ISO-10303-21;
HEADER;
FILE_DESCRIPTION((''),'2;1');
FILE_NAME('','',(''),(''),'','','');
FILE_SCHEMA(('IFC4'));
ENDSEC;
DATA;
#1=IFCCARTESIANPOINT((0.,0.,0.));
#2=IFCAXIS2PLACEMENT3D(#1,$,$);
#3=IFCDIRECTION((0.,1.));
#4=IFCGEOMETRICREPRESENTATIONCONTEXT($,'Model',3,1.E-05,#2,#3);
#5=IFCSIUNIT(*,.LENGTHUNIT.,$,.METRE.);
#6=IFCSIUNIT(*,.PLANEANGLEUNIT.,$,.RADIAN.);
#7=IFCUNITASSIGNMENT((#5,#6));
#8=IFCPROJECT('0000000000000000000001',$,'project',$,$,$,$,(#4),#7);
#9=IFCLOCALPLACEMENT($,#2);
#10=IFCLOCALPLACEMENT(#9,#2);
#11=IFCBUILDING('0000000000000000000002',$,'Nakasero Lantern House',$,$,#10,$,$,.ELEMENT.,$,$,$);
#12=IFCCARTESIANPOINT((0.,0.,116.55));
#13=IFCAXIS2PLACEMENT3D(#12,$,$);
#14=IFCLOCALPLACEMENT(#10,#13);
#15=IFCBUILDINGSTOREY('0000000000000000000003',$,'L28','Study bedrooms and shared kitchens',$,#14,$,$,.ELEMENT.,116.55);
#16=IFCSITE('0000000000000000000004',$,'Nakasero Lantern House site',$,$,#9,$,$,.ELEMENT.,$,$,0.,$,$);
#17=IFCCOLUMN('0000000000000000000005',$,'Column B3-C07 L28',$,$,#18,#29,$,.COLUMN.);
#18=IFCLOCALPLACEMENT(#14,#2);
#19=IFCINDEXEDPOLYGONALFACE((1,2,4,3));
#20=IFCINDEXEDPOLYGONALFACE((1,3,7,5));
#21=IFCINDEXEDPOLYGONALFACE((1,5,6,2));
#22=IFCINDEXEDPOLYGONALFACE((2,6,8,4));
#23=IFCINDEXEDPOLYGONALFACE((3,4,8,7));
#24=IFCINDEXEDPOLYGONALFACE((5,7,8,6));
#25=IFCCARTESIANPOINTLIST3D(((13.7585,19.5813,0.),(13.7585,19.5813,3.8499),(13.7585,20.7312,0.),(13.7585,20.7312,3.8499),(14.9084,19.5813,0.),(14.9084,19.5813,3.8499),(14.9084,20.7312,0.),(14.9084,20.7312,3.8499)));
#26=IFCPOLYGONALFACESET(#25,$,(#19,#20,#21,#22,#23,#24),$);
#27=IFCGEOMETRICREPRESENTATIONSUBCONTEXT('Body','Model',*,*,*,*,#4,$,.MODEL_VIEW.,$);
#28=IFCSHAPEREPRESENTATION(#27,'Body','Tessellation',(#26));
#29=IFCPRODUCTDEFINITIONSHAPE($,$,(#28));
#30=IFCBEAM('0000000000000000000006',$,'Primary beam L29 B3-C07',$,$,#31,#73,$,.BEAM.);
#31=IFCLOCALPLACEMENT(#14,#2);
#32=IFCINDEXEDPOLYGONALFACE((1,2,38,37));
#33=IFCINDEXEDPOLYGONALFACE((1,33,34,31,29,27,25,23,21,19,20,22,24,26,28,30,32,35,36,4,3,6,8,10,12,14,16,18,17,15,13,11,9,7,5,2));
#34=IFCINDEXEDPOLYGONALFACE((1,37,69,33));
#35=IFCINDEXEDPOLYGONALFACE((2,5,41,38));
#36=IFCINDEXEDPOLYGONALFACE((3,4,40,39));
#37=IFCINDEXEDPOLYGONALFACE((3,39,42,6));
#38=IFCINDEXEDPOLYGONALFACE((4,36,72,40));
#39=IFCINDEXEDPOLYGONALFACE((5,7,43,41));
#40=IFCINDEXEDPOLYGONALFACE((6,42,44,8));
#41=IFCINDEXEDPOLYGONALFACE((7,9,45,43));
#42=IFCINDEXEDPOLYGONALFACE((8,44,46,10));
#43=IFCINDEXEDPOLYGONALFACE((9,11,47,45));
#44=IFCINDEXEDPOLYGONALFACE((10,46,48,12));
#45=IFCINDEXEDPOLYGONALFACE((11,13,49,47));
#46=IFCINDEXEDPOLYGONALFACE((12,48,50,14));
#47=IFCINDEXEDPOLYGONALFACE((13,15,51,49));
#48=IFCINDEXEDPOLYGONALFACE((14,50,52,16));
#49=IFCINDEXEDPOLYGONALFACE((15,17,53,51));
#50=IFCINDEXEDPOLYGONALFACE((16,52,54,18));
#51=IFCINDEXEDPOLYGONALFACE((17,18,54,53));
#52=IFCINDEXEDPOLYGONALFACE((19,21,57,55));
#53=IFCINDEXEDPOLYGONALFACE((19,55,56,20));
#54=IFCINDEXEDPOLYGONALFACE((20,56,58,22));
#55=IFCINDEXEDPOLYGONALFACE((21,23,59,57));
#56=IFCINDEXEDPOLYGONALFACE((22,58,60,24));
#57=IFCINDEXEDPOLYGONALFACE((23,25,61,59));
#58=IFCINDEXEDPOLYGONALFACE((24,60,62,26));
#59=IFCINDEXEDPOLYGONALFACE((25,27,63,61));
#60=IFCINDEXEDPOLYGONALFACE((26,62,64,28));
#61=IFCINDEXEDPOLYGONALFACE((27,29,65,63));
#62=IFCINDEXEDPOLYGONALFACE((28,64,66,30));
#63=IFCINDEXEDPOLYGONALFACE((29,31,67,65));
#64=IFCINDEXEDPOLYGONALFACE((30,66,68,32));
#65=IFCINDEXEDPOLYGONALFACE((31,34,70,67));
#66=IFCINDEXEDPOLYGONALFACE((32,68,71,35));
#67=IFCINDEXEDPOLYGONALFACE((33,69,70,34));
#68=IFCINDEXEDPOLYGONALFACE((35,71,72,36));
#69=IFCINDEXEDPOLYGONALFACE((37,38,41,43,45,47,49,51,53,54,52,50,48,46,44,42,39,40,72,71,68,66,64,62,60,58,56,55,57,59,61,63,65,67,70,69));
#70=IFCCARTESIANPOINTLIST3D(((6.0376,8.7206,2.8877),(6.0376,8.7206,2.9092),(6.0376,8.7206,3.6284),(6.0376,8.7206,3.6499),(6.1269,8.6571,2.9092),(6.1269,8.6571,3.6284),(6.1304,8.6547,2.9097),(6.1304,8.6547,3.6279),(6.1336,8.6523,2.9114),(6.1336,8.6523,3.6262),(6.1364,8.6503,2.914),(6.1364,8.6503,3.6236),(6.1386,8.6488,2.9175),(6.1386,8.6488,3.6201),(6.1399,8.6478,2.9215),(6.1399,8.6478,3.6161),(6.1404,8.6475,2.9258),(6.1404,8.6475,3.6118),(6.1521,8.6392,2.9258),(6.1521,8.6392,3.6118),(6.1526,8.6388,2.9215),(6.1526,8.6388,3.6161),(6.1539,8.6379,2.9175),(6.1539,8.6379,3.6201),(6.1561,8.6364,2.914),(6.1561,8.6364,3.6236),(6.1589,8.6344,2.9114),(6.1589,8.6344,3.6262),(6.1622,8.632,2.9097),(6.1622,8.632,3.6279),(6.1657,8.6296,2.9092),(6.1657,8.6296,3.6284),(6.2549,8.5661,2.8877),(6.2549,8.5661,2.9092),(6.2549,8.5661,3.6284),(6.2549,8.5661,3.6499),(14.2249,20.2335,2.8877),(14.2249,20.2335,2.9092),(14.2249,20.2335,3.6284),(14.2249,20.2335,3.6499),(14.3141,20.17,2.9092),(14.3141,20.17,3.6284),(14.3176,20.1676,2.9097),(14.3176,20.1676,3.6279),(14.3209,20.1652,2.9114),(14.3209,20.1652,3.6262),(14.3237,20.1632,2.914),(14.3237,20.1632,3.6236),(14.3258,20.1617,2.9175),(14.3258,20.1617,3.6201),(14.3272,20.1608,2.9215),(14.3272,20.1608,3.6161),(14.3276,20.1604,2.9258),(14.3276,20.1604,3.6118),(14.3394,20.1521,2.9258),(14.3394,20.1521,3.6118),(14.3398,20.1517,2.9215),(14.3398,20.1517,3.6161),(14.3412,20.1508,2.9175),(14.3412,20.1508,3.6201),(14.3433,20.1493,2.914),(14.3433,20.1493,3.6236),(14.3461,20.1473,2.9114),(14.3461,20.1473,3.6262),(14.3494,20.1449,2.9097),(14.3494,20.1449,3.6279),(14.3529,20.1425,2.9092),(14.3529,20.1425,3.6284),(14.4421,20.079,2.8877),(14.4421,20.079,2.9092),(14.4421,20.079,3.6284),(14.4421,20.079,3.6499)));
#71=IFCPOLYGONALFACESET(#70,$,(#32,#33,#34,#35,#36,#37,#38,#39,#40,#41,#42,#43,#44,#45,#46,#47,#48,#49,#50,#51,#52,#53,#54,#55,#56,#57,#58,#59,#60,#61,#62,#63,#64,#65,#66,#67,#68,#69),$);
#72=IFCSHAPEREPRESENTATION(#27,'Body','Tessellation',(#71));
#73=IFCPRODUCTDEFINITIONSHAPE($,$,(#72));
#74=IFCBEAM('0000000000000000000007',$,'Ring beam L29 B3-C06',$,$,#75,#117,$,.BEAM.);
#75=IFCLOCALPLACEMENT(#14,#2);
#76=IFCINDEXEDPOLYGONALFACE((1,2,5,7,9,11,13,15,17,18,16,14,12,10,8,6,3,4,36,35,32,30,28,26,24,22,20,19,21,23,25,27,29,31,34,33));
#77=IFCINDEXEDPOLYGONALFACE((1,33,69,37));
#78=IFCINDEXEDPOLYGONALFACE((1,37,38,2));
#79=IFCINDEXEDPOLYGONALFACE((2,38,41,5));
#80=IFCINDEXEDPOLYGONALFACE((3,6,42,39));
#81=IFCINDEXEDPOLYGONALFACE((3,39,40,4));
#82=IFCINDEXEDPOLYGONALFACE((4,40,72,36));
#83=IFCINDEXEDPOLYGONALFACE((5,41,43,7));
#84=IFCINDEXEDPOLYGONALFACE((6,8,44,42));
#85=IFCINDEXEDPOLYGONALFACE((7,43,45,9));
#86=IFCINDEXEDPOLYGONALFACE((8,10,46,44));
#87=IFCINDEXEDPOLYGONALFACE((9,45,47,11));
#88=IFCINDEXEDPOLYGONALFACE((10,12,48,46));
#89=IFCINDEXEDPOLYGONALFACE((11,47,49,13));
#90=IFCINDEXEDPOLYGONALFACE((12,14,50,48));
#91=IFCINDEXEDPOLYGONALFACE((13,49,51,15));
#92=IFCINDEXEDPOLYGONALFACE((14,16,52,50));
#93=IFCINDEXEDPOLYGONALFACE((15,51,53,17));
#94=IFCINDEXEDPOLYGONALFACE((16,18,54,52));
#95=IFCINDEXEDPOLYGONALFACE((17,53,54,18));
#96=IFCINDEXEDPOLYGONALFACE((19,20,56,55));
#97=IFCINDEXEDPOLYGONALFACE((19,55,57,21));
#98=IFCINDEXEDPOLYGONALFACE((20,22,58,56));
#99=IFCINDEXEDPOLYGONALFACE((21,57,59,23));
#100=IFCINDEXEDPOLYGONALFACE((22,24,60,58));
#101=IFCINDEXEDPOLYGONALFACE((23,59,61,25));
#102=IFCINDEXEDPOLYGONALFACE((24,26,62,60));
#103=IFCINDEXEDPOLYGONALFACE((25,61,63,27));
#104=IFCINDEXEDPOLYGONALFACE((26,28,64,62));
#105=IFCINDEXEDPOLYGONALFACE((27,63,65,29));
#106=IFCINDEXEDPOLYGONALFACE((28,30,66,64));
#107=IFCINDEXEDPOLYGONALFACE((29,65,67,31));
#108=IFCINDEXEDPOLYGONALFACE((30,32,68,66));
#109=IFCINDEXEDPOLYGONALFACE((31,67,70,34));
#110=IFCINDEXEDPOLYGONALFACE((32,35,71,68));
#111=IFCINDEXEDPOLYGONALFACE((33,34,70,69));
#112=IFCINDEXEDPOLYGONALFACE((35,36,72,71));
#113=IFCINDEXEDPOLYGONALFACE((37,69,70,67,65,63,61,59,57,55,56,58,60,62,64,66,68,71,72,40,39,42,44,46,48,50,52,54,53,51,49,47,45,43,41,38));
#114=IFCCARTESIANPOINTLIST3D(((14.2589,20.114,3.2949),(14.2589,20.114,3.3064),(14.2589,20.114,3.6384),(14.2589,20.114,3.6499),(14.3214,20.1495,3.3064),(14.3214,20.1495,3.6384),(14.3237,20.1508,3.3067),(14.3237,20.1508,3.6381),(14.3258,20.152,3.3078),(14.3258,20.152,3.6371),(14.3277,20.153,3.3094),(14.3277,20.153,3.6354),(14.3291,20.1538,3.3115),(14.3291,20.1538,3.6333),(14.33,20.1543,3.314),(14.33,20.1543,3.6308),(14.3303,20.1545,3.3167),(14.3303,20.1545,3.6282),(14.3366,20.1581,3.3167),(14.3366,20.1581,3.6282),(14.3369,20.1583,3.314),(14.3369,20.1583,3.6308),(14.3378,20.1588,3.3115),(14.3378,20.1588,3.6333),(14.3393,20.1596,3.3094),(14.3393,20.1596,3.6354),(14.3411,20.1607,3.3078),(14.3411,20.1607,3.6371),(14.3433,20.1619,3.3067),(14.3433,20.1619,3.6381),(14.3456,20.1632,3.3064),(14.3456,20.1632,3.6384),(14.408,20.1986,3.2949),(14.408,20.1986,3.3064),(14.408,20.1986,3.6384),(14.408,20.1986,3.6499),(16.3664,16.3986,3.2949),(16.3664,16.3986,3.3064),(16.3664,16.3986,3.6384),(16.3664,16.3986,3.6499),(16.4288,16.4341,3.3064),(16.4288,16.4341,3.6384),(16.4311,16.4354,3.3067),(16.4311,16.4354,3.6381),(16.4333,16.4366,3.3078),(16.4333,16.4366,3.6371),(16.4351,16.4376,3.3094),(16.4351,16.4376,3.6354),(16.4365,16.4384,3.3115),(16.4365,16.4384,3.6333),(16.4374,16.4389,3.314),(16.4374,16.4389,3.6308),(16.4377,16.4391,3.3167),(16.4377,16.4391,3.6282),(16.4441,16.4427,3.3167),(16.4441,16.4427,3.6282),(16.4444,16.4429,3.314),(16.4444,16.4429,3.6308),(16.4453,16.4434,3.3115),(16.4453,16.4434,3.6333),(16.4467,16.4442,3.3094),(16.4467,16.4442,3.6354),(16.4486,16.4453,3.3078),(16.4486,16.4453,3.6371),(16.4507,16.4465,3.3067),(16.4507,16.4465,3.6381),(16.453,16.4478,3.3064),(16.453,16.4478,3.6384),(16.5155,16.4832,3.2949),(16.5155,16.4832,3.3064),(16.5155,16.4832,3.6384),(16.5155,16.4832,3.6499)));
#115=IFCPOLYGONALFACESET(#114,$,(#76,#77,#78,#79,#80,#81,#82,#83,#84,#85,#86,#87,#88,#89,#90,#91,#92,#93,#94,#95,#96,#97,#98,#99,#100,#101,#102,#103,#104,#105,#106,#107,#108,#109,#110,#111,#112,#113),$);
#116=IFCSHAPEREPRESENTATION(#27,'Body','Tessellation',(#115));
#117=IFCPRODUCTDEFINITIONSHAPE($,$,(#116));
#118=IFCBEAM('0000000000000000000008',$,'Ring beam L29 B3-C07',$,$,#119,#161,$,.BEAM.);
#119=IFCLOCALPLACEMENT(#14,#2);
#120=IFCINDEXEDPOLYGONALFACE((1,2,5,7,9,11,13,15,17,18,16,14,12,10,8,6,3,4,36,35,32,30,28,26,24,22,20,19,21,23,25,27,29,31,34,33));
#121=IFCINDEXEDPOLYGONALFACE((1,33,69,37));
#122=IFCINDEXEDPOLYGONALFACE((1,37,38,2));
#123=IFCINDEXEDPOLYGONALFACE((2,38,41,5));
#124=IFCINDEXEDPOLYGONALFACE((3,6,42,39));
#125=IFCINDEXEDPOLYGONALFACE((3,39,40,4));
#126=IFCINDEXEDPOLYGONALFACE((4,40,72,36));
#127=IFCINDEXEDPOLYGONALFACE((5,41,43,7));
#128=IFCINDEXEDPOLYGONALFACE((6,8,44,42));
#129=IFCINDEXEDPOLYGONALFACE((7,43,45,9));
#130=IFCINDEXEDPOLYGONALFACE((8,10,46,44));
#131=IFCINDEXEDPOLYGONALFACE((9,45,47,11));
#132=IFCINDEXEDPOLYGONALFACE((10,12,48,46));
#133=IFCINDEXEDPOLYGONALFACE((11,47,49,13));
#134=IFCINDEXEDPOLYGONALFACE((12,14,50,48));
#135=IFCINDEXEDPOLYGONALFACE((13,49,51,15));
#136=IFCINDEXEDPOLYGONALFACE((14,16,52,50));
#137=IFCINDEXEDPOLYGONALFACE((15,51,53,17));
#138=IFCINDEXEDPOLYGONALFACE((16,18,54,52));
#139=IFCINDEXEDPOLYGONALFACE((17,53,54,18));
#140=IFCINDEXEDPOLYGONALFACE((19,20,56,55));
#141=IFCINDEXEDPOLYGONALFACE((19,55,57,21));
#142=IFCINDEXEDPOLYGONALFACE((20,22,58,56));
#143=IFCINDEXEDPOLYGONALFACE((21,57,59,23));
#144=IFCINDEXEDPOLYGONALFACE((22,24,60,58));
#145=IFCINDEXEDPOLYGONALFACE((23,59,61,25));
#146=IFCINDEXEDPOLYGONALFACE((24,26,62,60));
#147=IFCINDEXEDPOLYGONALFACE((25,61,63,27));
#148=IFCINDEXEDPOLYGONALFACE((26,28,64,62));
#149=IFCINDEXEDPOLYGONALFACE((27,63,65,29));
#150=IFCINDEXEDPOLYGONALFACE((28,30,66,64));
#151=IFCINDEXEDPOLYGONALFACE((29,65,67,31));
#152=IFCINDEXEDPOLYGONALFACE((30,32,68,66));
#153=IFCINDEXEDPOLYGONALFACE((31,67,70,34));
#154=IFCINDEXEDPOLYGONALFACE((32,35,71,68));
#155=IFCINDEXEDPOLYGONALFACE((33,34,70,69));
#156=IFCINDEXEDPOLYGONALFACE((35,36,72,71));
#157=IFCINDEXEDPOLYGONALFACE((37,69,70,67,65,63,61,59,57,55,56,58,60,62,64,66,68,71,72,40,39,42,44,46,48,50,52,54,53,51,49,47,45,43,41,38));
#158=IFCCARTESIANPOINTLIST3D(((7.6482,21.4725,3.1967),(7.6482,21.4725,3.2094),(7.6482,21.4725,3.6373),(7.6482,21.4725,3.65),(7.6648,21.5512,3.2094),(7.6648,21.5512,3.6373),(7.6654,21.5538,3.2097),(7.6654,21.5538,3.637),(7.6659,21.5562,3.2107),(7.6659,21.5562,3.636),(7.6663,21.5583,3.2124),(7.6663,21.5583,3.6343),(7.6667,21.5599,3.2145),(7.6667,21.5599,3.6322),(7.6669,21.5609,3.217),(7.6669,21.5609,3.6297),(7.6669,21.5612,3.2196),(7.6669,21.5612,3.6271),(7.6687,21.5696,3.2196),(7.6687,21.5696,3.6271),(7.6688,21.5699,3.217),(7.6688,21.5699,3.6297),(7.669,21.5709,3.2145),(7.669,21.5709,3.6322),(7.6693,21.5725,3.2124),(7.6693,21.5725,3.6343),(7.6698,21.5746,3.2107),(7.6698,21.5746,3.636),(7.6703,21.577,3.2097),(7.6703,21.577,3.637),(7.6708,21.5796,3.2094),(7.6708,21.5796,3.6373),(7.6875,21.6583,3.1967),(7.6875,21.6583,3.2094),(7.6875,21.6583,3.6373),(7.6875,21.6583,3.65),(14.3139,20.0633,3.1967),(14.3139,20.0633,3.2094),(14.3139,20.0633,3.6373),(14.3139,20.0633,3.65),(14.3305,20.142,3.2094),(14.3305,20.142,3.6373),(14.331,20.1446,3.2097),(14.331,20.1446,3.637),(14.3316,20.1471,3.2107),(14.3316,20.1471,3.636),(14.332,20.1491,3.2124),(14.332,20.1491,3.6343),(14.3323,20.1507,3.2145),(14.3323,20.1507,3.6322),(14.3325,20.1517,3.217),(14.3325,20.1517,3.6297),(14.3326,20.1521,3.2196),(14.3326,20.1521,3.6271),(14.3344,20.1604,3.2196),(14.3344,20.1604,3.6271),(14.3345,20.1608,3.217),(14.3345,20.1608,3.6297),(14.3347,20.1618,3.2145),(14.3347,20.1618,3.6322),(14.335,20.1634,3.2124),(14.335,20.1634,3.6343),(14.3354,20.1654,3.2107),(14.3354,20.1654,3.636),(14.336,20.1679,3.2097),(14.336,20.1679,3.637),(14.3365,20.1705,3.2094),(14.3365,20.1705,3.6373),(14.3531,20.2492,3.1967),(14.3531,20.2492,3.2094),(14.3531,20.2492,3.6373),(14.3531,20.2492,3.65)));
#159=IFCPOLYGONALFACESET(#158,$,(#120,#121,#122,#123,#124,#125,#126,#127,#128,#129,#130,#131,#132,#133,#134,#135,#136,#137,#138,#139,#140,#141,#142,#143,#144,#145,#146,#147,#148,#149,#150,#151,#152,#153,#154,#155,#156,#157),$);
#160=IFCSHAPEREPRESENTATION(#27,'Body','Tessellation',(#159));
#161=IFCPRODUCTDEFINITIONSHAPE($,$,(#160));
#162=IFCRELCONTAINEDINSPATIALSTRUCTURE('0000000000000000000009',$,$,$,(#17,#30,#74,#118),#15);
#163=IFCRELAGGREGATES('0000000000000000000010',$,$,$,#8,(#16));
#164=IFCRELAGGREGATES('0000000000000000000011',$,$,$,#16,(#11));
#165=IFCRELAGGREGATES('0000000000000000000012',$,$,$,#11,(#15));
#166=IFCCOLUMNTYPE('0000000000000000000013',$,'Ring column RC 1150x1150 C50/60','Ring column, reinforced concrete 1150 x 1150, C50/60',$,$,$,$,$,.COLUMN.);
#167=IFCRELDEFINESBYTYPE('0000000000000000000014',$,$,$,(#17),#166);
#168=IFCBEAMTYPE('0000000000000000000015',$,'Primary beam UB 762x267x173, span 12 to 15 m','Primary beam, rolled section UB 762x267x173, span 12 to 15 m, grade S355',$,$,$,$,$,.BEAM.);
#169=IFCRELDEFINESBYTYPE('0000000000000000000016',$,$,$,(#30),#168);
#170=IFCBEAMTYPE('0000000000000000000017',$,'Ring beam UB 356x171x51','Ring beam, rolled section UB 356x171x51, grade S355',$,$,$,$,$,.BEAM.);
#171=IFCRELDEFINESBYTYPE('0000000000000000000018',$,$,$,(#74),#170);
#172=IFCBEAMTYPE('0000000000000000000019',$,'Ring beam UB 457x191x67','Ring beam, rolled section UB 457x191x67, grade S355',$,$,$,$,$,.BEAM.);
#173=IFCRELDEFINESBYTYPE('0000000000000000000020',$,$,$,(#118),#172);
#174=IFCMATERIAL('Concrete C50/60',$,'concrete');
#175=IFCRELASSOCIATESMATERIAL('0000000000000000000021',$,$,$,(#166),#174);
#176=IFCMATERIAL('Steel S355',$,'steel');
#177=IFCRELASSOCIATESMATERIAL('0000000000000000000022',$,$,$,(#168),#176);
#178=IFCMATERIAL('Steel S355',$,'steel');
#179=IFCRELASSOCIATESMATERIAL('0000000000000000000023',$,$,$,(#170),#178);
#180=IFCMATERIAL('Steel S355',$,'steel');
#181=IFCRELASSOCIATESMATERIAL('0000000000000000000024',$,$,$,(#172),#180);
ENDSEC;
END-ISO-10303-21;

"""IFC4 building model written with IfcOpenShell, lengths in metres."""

from ifc_helpers import new_model, si_unit, direction, frame, origin, origin_2d, place, context, subcontext, project, spatial, rectangle, i_section, extrude, material, material_profile, profile_set, type_object, element, save


model = new_model("IFC4")

# Units and contexts
model_context = context("Model", 3, precision=1e-05, world=origin(), true_north=direction((0.0, 1.0)))
body_context = subcontext(model_context, "Body", "Model", "MODEL_VIEW")
ifc_project = project(units=[si_unit("LENGTHUNIT", "METRE"), si_unit("PLANEANGLEUNIT", "RADIAN")], contexts=[model_context])

# Site, building, storey
site_placement = place(None, origin())
site = spatial("IfcSite", under=ifc_project, at=site_placement, Name="Nakasero Lantern House site", CompositionType="ELEMENT", RefElevation=0.0)
building_placement = place(site_placement, origin())
building = spatial("IfcBuilding", under=site, at=building_placement, Name="Nakasero Lantern House", CompositionType="ELEMENT")
storey_placement = place(building_placement, frame((0.0, 0.0, 116.55)))
storey = spatial("IfcBuildingStorey", under=building, at=storey_placement, Name="L28", Description="Study bedrooms and shared kitchens", CompositionType="ELEMENT", Elevation=116.55)

# Column
ifc_material_1 = material(Name="Concrete C50/60", Category="concrete")
ifc_material_profile_1 = material_profile(ifc_material_1, rectangle(XDim=1.1499, YDim=1.1499, at=origin_2d()), Name="RC 1150x1150")
ifc_profile_set_1 = profile_set([ifc_material_profile_1], Name="Concrete C50/60")
column_type = type_object("IfcColumnType", Name="Ring column RC 1150x1150 C50/60", Description="Ring column, reinforced concrete 1150 x 1150, C50/60", PredefinedType="COLUMN", material=ifc_profile_set_1)
column_placement = place(storey_placement, frame((14.3335, 20.1562, 0.0), z_axis=(0.0, 0.0, 1.0), x_axis=(1.0, 0.0, 0.0)))
element("IfcColumn", 1, at=column_placement, inside=storey, type_object=column_type, Name="Column B3-C07 L28", PredefinedType="COLUMN", context=body_context, shape_type="SweptSolid", body=[
    extrude(rectangle(XDim=1.1499, YDim=1.1499, at=origin_2d()), origin(), (0.0, 0.0, 1.0), 3.8499),
])

# Beams
ifc_material_2 = material(Name="Steel S355", Category="steel")
ifc_material_profile_2 = material_profile(ifc_material_2, i_section(OverallWidth=0.2666, OverallDepth=0.7622, WebThickness=0.0144, FlangeThickness=0.0215, FilletRadius=0.0166, at=origin_2d()), Name="UB 762x267x173")
ifc_profile_set_2 = profile_set([ifc_material_profile_2], Name="Steel S355")
beam_type_1 = type_object("IfcBeamType", Name="Primary beam UB 762x267x173, span 12 to 15 m", Description="Primary beam, rolled section UB 762x267x173, span 12 to 15 m, grade S355", PredefinedType="BEAM", material=ifc_profile_set_2)
beam_1_placement = place(storey_placement, frame((14.3335, 20.1562, 3.2688), z_axis=(-0.579537, -0.814946, 0.0), x_axis=(0.814946, -0.579537, 0.0)))
element("IfcBeam", 2, at=beam_1_placement, inside=storey, type_object=beam_type_1, Name="Primary beam L29 B3-C07", PredefinedType="BEAM", context=body_context, shape_type="SweptSolid", body=[
    extrude(i_section(OverallWidth=0.2666, OverallDepth=0.7622, WebThickness=0.0144, FlangeThickness=0.0215, FilletRadius=0.0166, at=origin_2d()), origin(), (0.0, 0.0, 1.0), 14.1272),
])
ifc_material_3 = material(Name="Steel S355", Category="steel")
ifc_material_profile_3 = material_profile(ifc_material_3, i_section(OverallWidth=0.1714, OverallDepth=0.355, WebThickness=0.0073, FlangeThickness=0.0115, FilletRadius=0.0103, at=origin_2d()), Name="UB 356x171x51")
ifc_profile_set_3 = profile_set([ifc_material_profile_3], Name="Steel S355")
beam_type_2 = type_object("IfcBeamType", Name="Ring beam UB 356x171x51", Description="Ring beam, rolled section UB 356x171x51, grade S355", PredefinedType="BEAM", material=ifc_profile_set_3)
beam_2_placement = place(storey_placement, frame((16.4409, 16.4409, 3.4724), z_axis=(-0.493379, 0.869815, 0.0), x_axis=(-0.869815, -0.493379, 0.0)))
element("IfcBeam", 3, at=beam_2_placement, inside=storey, type_object=beam_type_2, Name="Ring beam L29 B3-C06", PredefinedType="BEAM", context=body_context, shape_type="SweptSolid", body=[
    extrude(i_section(OverallWidth=0.1714, OverallDepth=0.355, WebThickness=0.0073, FlangeThickness=0.0115, FilletRadius=0.0103, at=origin_2d()), origin(), (0.0, 0.0, 1.0), 4.2715),
])
ifc_material_4 = material(Name="Steel S355", Category="steel")
ifc_material_profile_4 = material_profile(ifc_material_4, i_section(OverallWidth=0.1899, OverallDepth=0.4534, WebThickness=0.0085, FlangeThickness=0.0127, FilletRadius=0.0103, at=origin_2d()), Name="UB 457x191x67")
ifc_profile_set_4 = profile_set([ifc_material_profile_4], Name="Steel S355")
beam_type_3 = type_object("IfcBeamType", Name="Ring beam UB 457x191x67", Description="Ring beam, rolled section UB 457x191x67, grade S355", PredefinedType="BEAM", material=ifc_profile_set_4)
beam_3_placement = place(storey_placement, frame((14.3335, 20.1562, 3.4233), z_axis=(-0.978376, 0.206834, 0.0), x_axis=(-0.206834, -0.978376, 0.0)))
element("IfcBeam", 4, at=beam_3_placement, inside=storey, type_object=beam_type_3, Name="Ring beam L29 B3-C07", PredefinedType="BEAM", context=body_context, shape_type="SweptSolid", body=[
    extrude(i_section(OverallWidth=0.1899, OverallDepth=0.4534, WebThickness=0.0085, FlangeThickness=0.0127, FilletRadius=0.0103, at=origin_2d()), origin(), (0.0, 0.0, 1.0), 6.813),
])

save(model, "model.ifc")
